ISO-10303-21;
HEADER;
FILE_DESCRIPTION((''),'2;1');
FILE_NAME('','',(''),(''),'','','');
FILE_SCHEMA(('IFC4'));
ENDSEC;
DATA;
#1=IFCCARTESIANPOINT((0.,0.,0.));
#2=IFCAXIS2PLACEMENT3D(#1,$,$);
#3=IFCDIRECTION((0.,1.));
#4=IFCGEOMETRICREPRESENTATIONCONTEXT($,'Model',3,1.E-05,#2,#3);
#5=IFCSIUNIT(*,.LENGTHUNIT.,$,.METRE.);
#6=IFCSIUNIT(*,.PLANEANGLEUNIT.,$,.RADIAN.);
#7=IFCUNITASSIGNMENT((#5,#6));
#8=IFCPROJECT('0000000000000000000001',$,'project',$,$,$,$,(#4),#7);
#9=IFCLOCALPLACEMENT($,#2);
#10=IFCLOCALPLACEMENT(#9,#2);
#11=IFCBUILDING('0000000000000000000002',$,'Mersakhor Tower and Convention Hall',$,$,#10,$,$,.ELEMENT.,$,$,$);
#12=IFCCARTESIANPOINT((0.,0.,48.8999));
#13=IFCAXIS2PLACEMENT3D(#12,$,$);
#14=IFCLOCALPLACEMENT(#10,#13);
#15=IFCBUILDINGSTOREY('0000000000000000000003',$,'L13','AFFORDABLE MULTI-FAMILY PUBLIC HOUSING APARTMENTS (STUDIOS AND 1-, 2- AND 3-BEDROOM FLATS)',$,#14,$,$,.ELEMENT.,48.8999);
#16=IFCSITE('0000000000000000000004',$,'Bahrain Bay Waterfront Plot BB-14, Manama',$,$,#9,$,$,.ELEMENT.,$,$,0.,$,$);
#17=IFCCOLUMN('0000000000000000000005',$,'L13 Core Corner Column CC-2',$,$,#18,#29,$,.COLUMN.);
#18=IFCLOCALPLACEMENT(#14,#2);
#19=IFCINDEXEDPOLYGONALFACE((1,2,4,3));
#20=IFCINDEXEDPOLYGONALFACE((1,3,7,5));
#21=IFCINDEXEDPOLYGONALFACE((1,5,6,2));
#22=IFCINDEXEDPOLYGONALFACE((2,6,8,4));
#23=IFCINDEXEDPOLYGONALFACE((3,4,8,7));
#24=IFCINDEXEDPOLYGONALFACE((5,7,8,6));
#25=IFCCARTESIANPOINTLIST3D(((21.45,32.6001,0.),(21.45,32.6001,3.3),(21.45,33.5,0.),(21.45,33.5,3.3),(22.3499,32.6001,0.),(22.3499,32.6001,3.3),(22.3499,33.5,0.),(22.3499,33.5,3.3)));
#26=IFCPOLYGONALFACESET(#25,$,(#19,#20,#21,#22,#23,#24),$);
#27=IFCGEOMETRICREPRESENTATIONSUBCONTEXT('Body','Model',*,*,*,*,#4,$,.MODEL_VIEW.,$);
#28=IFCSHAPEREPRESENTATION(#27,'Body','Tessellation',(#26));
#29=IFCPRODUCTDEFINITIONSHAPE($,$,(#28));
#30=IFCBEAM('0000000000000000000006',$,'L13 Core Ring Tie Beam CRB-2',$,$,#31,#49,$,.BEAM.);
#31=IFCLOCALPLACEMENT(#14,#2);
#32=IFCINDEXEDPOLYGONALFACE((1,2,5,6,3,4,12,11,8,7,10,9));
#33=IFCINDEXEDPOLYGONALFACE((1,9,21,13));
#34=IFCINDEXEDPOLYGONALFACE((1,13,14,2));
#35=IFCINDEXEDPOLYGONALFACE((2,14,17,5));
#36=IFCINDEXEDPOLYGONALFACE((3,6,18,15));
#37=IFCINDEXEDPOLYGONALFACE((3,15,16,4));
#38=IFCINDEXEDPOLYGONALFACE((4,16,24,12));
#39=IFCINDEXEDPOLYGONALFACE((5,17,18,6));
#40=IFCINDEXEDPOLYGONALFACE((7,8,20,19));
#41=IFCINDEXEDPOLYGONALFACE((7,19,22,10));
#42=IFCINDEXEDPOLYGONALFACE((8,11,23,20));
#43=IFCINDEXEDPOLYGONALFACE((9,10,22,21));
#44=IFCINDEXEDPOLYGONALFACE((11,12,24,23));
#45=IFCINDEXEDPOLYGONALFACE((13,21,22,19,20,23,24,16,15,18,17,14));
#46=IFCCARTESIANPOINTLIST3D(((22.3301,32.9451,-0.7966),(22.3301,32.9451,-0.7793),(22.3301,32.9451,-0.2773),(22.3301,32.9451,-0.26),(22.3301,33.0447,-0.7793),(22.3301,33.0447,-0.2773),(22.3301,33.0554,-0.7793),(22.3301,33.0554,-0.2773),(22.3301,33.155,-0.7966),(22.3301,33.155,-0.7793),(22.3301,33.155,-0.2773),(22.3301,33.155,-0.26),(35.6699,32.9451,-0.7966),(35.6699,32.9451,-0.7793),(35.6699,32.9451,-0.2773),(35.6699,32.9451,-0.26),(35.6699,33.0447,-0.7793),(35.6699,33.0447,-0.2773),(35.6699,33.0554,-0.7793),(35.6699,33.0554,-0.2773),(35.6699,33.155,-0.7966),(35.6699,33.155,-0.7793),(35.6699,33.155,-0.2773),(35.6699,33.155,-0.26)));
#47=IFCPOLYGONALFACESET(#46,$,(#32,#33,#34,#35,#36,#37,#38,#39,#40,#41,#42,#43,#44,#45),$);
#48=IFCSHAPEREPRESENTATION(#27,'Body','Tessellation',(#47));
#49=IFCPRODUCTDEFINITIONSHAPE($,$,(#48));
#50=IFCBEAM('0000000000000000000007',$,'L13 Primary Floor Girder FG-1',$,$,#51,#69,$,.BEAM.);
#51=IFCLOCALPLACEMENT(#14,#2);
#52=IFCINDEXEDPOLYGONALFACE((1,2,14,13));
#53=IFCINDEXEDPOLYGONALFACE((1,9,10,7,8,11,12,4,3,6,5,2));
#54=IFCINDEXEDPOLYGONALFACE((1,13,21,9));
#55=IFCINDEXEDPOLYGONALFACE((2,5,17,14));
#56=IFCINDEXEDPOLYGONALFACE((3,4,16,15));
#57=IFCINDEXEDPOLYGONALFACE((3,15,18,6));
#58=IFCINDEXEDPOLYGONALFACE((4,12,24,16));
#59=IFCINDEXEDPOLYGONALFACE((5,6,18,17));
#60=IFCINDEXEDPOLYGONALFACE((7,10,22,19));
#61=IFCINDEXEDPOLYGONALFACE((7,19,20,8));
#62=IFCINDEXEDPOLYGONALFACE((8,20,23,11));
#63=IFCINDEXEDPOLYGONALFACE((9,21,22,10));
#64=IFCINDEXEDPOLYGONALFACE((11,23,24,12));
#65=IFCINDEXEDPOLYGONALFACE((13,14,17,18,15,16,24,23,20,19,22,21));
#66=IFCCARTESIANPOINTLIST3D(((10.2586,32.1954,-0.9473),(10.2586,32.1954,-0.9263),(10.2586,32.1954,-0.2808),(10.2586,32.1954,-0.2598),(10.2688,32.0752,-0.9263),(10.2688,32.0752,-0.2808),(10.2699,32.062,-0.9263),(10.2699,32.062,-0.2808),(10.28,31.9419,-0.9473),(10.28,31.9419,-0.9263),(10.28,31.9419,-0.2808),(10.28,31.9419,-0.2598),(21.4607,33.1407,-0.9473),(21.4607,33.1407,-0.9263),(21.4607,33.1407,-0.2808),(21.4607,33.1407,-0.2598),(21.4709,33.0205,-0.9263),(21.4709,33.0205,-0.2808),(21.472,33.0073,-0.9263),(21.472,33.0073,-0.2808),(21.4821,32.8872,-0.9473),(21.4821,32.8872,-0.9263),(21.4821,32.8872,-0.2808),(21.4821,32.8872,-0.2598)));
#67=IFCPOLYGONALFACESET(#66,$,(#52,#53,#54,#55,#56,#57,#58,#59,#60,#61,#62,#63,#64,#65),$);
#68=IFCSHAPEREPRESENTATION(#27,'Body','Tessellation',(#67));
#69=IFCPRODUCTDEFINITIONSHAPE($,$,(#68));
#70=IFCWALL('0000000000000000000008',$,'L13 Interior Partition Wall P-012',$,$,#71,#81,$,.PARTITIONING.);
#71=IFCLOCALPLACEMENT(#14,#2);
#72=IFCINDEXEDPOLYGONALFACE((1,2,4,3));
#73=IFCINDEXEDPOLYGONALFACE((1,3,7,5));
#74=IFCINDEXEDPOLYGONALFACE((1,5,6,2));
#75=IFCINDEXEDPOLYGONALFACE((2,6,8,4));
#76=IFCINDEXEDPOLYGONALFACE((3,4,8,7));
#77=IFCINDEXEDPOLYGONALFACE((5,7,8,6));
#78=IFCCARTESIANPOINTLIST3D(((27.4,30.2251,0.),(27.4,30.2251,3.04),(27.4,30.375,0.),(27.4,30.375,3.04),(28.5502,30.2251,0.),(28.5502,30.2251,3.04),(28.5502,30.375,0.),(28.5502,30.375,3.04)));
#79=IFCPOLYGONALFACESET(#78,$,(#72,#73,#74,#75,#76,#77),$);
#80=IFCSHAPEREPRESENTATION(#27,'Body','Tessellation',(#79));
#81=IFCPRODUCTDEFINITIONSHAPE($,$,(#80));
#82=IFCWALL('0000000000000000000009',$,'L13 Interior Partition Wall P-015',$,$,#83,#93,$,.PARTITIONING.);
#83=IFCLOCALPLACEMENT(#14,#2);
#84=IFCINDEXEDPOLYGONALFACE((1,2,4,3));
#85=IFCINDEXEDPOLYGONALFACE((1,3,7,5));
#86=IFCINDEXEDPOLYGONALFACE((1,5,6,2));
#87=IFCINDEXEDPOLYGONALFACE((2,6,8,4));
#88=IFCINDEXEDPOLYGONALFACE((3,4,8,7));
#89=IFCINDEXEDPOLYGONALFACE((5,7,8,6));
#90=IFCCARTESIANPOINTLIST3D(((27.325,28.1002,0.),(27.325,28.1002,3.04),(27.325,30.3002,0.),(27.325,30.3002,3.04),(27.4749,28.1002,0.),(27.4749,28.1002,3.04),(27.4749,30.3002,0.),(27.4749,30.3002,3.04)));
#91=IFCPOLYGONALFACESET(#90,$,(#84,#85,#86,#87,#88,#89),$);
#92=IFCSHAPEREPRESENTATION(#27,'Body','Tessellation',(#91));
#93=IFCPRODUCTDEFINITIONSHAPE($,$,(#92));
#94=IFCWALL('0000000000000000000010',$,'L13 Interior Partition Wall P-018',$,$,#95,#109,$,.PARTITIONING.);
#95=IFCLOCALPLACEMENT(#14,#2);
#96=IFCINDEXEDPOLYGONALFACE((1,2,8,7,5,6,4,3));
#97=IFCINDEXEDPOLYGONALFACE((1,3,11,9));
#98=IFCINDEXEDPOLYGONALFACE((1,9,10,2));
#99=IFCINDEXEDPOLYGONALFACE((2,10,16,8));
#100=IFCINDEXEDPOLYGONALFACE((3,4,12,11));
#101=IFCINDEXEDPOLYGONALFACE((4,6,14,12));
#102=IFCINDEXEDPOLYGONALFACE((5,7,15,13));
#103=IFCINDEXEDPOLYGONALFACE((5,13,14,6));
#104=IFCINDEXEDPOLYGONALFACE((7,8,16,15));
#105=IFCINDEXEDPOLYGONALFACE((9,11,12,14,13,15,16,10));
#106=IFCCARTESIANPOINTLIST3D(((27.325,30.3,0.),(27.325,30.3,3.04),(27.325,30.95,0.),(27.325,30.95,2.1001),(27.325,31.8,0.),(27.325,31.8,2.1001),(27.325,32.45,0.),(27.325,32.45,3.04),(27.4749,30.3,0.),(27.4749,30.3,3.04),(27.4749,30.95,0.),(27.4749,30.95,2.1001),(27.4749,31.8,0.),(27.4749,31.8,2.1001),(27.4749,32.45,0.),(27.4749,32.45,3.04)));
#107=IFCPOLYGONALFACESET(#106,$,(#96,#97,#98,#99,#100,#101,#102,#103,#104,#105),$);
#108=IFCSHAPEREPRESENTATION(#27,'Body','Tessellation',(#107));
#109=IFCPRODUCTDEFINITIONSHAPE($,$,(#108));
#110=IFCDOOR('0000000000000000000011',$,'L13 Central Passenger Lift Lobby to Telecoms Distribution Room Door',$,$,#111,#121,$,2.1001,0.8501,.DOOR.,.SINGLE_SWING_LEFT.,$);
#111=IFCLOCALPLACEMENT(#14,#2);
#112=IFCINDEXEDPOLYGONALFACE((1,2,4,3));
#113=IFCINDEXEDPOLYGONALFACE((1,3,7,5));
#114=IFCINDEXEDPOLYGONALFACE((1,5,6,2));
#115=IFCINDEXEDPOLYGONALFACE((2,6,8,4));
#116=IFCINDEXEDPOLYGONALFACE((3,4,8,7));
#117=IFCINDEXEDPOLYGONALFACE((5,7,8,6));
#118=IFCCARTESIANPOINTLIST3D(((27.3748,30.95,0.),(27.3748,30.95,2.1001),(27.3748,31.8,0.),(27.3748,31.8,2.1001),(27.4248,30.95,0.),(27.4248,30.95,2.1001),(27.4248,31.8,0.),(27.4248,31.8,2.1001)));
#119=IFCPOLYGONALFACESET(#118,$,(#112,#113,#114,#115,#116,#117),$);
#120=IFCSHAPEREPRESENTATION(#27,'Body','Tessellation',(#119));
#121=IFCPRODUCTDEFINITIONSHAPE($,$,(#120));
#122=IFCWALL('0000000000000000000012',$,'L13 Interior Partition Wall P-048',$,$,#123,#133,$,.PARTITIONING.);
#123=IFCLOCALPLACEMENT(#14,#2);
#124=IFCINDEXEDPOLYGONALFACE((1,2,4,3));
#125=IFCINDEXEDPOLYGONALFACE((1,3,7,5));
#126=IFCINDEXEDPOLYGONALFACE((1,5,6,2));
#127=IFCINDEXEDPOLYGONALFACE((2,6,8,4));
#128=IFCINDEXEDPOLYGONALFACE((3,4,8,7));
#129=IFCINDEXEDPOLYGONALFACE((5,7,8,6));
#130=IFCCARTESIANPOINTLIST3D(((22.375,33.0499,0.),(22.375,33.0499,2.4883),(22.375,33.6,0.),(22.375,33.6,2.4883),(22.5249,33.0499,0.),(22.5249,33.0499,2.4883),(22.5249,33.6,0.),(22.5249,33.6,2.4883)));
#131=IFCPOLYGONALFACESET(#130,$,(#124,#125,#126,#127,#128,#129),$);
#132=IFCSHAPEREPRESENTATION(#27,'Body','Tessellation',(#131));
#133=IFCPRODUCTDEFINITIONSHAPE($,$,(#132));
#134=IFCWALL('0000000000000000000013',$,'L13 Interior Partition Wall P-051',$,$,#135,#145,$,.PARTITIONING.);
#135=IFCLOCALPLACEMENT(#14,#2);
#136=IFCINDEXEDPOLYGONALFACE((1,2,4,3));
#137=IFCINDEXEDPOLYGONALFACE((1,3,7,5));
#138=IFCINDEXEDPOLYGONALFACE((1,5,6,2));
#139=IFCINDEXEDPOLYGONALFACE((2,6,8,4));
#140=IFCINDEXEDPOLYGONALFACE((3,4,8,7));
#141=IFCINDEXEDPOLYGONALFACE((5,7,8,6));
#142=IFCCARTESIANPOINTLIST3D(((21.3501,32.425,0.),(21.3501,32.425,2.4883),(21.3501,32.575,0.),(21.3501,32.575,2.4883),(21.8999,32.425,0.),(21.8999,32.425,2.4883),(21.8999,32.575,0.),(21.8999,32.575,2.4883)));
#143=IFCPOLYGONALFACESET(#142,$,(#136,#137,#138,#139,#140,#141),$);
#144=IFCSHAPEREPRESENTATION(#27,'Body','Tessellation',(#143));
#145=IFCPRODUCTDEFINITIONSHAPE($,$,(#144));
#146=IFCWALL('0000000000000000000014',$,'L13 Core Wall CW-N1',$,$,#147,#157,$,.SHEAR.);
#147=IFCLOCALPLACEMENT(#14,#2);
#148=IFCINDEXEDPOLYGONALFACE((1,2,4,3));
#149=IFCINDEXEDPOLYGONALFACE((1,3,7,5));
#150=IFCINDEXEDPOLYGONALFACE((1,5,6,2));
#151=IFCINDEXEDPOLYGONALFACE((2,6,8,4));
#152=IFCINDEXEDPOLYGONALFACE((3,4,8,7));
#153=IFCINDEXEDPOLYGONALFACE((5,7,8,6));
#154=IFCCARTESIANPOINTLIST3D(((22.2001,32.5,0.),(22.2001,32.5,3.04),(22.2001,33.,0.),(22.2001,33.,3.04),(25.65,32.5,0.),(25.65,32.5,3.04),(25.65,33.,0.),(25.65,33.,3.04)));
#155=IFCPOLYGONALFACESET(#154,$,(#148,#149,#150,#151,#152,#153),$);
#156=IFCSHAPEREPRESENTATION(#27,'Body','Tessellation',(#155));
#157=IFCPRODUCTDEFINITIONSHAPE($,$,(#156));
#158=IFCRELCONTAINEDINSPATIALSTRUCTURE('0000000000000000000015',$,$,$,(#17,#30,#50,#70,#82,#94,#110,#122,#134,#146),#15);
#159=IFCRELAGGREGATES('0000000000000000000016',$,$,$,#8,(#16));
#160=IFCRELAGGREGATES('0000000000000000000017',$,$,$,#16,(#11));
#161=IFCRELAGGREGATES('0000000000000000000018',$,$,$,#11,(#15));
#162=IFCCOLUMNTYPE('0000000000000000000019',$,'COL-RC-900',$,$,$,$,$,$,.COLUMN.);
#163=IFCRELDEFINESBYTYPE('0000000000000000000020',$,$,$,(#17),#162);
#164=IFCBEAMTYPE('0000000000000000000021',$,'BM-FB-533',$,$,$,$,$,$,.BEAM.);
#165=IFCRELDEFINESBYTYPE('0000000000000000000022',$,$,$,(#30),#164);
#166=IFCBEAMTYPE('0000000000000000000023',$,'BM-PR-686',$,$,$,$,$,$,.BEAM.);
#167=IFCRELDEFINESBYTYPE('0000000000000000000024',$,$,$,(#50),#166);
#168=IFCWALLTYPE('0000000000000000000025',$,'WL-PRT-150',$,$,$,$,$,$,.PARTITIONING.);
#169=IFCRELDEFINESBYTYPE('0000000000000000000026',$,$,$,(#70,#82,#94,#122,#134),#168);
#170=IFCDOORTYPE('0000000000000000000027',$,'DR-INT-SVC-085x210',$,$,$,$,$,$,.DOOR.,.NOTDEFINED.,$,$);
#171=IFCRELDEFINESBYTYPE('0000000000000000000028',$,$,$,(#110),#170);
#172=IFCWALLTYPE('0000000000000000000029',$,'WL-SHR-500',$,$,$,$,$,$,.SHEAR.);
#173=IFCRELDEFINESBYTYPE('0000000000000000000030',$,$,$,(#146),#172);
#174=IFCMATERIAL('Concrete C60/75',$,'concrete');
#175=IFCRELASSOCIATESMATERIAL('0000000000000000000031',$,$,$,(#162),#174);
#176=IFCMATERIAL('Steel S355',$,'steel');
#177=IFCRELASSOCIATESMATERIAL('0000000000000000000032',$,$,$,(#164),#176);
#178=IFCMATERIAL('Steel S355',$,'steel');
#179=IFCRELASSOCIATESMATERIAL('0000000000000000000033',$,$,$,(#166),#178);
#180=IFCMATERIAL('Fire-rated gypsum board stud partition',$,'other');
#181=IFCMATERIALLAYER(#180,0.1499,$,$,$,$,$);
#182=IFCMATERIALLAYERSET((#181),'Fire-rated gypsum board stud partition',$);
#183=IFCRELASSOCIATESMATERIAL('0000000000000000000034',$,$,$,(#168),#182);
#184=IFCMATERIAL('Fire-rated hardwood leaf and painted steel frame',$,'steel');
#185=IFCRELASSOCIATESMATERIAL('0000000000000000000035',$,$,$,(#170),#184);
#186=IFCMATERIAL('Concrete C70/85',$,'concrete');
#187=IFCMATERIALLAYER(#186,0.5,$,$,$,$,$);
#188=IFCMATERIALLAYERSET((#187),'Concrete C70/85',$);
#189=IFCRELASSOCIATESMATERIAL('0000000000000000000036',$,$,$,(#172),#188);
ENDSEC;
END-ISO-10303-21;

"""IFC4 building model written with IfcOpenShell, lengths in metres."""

from ifc_helpers import new_model, si_unit, direction, frame, frame_2d, origin, origin_2d, place, context, subcontext, project, spatial, rectangle, i_section, extrude, material, layer, layer_set, material_profile, profile_set, type_object, element, fill, save


model = new_model("IFC4")

# Units and contexts
model_context = context("Model", 3, precision=1e-05, world=origin(), true_north=direction((0.0, 1.0)))
body_context = subcontext(model_context, "Body", "Model", "MODEL_VIEW")
ifc_project = project(units=[si_unit("LENGTHUNIT", "METRE"), si_unit("PLANEANGLEUNIT", "RADIAN")], contexts=[model_context])

# Site, building, storey
site_placement = place(None, origin())
site = spatial("IfcSite", under=ifc_project, at=site_placement, Name="Bahrain Bay Waterfront Plot BB-14, Manama", CompositionType="ELEMENT", RefElevation=0.0)
building_placement = place(site_placement, origin())
building = spatial("IfcBuilding", under=site, at=building_placement, Name="Mersakhor Tower and Convention Hall", CompositionType="ELEMENT")
storey_placement = place(building_placement, frame((0.0, 0.0, 48.8999)))
storey = spatial("IfcBuildingStorey", under=building, at=storey_placement, Name="L13", Description="AFFORDABLE MULTI-FAMILY PUBLIC HOUSING APARTMENTS (STUDIOS AND 1-, 2- AND 3-BEDROOM FLATS)", CompositionType="ELEMENT", Elevation=48.8999)

# Column
ifc_material_1 = material(Name="Concrete C60/75", Category="concrete")
ifc_material_profile_1 = material_profile(ifc_material_1, rectangle(XDim=0.8999, YDim=0.8999, at=origin_2d()), Name="RC 900x900")
ifc_profile_set_1 = profile_set([ifc_material_profile_1], Name="Concrete C60/75")
column_type = type_object("IfcColumnType", Name="COL-RC-900", PredefinedType="COLUMN", material=ifc_profile_set_1)
column_placement = place(storey_placement, frame((21.8999, 33.05, 0.0), z_axis=(0.0, 0.0, 1.0), x_axis=(1.0, 0.0, 0.0)))
element("IfcColumn", 1, at=column_placement, inside=storey, type_object=column_type, Name="L13 Core Corner Column CC-2", PredefinedType="COLUMN", context=body_context, shape_type="SweptSolid", body=[
    extrude(rectangle(XDim=0.8999, YDim=0.8999, at=origin_2d()), origin(), (0.0, 0.0, 1.0), 3.3),
])

# Beams
ifc_material_2 = material(Name="Steel S355", Category="steel")
ifc_material_profile_2 = material_profile(ifc_material_2, i_section(OverallWidth=0.21, OverallDepth=0.5366, WebThickness=0.0107, FlangeThickness=0.0173, at=origin_2d()), Name="UB 533x210x101")
ifc_profile_set_2 = profile_set([ifc_material_profile_2], Name="Steel S355")
beam_type_1 = type_object("IfcBeamType", Name="BM-FB-533", PredefinedType="BEAM", material=ifc_profile_set_2)
beam_1_placement = place(storey_placement, frame((22.3301, 33.05, -0.5283), z_axis=(1.0, 0.0, 0.0), x_axis=(0.0, 1.0, 0.0)))
element("IfcBeam", 2, at=beam_1_placement, inside=storey, type_object=beam_type_1, Name="L13 Core Ring Tie Beam CRB-2", PredefinedType="BEAM", context=body_context, shape_type="SweptSolid", body=[
    extrude(i_section(OverallWidth=0.21, OverallDepth=0.5366, WebThickness=0.0107, FlangeThickness=0.0173, at=origin_2d()), origin(), (0.0, 0.0, 1.0), 13.3398),
])
ifc_material_3 = material(Name="Steel S355", Category="steel")
ifc_material_profile_3 = material_profile(ifc_material_3, i_section(OverallWidth=0.2544, OverallDepth=0.6875, WebThickness=0.0132, FlangeThickness=0.021, at=origin_2d()), Name="UB 686x254x152")
ifc_profile_set_3 = profile_set([ifc_material_profile_3], Name="Steel S355")
beam_type_2 = type_object("IfcBeamType", Name="BM-PR-686", PredefinedType="BEAM", material=ifc_profile_set_3)
beam_2_placement = place(storey_placement, frame((21.4714, 33.0139, -0.6035), z_axis=(-0.996458, -0.084088, 0.0), x_axis=(0.084088, -0.996458, 0.0)))
element("IfcBeam", 3, at=beam_2_placement, inside=storey, type_object=beam_type_2, Name="L13 Primary Floor Girder FG-1", PredefinedType="BEAM", context=body_context, shape_type="SweptSolid", body=[
    extrude(i_section(OverallWidth=0.2544, OverallDepth=0.6875, WebThickness=0.0132, FlangeThickness=0.021, at=origin_2d()), origin(), (0.0, 0.0, 1.0), 11.2419),
])

# Walls
ifc_material_4 = material(Name="Fire-rated gypsum board stud partition", Category="other")
ifc_layer_1 = layer(ifc_material_4, 0.1499)
ifc_layer_set_1 = layer_set([ifc_layer_1], Name="Fire-rated gypsum board stud partition")
wall_type_1 = type_object("IfcWallType", Name="WL-PRT-150", PredefinedType="PARTITIONING", material=ifc_layer_set_1)
wall_1_placement = place(storey_placement, frame((27.3999, 30.3, 0.0), z_axis=(0.0, 0.0, 1.0), x_axis=(1.0, 0.0, 0.0)))
element("IfcWall", 4, at=wall_1_placement, inside=storey, type_object=wall_type_1, Name="L13 Interior Partition Wall P-012", PredefinedType="PARTITIONING", context=body_context, shape_type="SweptSolid", body=[
    extrude(rectangle(XDim=1.1501, YDim=0.1499, at=frame_2d((0.5752, 0.0))), origin(), (0.0, 0.0, 1.0), 3.04),
])
wall_2_placement = place(storey_placement, frame((27.3999, 28.1001, 0.0), z_axis=(0.0, 0.0, 1.0), x_axis=(0.0, 1.0, 0.0)))
element("IfcWall", 5, at=wall_2_placement, inside=storey, type_object=wall_type_1, Name="L13 Interior Partition Wall P-015", PredefinedType="PARTITIONING", context=body_context, shape_type="SweptSolid", body=[
    extrude(rectangle(XDim=2.2, YDim=0.1499, at=frame_2d((1.1001, 0.0))), origin(), (0.0, 0.0, 1.0), 3.04),
])

# Wall, opening, door
wall_3_placement = place(storey_placement, frame((27.3999, 32.45, 0.0), z_axis=(0.0, 0.0, 1.0), x_axis=(0.0, -1.0, 0.0)))
wall_3 = element("IfcWall", 6, at=wall_3_placement, inside=storey, type_object=wall_type_1, Name="L13 Interior Partition Wall P-018", PredefinedType="PARTITIONING", context=body_context, shape_type="SweptSolid", body=[
    extrude(rectangle(XDim=2.1499, YDim=0.1499, at=frame_2d((1.075, 0.0))), origin(), (0.0, 0.0, 1.0), 3.04),
])
opening_1_placement = place(wall_3_placement, frame((0.6499, 0.0, 0.0)))
opening_1 = element("IfcOpeningElement", 7, at=opening_1_placement, cuts=wall_3, PredefinedType="OPENING", context=body_context, shape_type="SweptSolid", body=[
    extrude(rectangle(XDim=0.8501, YDim=2.1001, at=frame_2d((0.425, 1.05))), frame((0.0, 0.085, 0.0), z_axis=(0.0, -1.0, 0.0), x_axis=(1.0, 0.0, 0.0)), (0.0, 0.0, 1.0), 0.1699),
])
ifc_material_5 = material(Name="Fire-rated hardwood leaf and painted steel frame", Category="steel")
door_type_1 = type_object("IfcDoorType", Name="DR-INT-SVC-085x210", OperationType="NOTDEFINED", PredefinedType="DOOR", material=ifc_material_5)
door_1_placement = place(opening_1_placement, origin())
door_1 = element("IfcDoor", 8, at=door_1_placement, inside=storey, type_object=door_type_1, Name="L13 Central Passenger Lift Lobby to Telecoms Distribution Room Door", OperationType="SINGLE_SWING_LEFT", OverallHeight=2.1001, OverallWidth=0.8501, PredefinedType="DOOR", context=body_context, shape_type="SweptSolid", body=[
    extrude(rectangle(XDim=0.8501, YDim=2.1001, at=frame_2d((0.425, 1.05))), frame((0.0, 0.0249, 0.0), z_axis=(0.0, -1.0, 0.0), x_axis=(1.0, 0.0, 0.0)), (0.0, 0.0, 1.0), 0.05),
])
fill(opening_1, door_1)

# Walls
wall_4_placement = place(storey_placement, frame((22.45, 33.05, 0.0), z_axis=(0.0, 0.0, 1.0), x_axis=(0.0, 1.0, 0.0)))
element("IfcWall", 9, at=wall_4_placement, inside=storey, type_object=wall_type_1, Name="L13 Interior Partition Wall P-048", PredefinedType="PARTITIONING", context=body_context, shape_type="SweptSolid", body=[
    extrude(rectangle(XDim=0.55, YDim=0.1499, at=frame_2d((0.2749, 0.0))), origin(), (0.0, 0.0, 1.0), 2.4883),
])
wall_5_placement = place(storey_placement, frame((21.3501, 32.5, 0.0), z_axis=(0.0, 0.0, 1.0), x_axis=(1.0, 0.0, 0.0)))
element("IfcWall", 10, at=wall_5_placement, inside=storey, type_object=wall_type_1, Name="L13 Interior Partition Wall P-051", PredefinedType="PARTITIONING", context=body_context, shape_type="SweptSolid", body=[
    extrude(rectangle(XDim=0.5498, YDim=0.1499, at=frame_2d((0.2749, 0.0))), origin(), (0.0, 0.0, 1.0), 2.4883),
])

# Wall
ifc_material_6 = material(Name="Concrete C70/85", Category="concrete")
ifc_layer_2 = layer(ifc_material_6, 0.5)
ifc_layer_set_2 = layer_set([ifc_layer_2], Name="Concrete C70/85")
wall_type_2 = type_object("IfcWallType", Name="WL-SHR-500", PredefinedType="SHEAR", material=ifc_layer_set_2)
wall_6_placement = place(storey_placement, frame((22.2, 32.75, 0.0), z_axis=(0.0, 0.0, 1.0), x_axis=(1.0, 0.0, 0.0)))
element("IfcWall", 11, at=wall_6_placement, inside=storey, type_object=wall_type_2, Name="L13 Core Wall CW-N1", PredefinedType="SHEAR", context=body_context, shape_type="SweptSolid", body=[
    extrude(rectangle(XDim=3.45, YDim=0.5, at=frame_2d((1.7251, 0.0))), origin(), (0.0, 0.0, 1.0), 3.04),
])

save(model, "model.ifc")
